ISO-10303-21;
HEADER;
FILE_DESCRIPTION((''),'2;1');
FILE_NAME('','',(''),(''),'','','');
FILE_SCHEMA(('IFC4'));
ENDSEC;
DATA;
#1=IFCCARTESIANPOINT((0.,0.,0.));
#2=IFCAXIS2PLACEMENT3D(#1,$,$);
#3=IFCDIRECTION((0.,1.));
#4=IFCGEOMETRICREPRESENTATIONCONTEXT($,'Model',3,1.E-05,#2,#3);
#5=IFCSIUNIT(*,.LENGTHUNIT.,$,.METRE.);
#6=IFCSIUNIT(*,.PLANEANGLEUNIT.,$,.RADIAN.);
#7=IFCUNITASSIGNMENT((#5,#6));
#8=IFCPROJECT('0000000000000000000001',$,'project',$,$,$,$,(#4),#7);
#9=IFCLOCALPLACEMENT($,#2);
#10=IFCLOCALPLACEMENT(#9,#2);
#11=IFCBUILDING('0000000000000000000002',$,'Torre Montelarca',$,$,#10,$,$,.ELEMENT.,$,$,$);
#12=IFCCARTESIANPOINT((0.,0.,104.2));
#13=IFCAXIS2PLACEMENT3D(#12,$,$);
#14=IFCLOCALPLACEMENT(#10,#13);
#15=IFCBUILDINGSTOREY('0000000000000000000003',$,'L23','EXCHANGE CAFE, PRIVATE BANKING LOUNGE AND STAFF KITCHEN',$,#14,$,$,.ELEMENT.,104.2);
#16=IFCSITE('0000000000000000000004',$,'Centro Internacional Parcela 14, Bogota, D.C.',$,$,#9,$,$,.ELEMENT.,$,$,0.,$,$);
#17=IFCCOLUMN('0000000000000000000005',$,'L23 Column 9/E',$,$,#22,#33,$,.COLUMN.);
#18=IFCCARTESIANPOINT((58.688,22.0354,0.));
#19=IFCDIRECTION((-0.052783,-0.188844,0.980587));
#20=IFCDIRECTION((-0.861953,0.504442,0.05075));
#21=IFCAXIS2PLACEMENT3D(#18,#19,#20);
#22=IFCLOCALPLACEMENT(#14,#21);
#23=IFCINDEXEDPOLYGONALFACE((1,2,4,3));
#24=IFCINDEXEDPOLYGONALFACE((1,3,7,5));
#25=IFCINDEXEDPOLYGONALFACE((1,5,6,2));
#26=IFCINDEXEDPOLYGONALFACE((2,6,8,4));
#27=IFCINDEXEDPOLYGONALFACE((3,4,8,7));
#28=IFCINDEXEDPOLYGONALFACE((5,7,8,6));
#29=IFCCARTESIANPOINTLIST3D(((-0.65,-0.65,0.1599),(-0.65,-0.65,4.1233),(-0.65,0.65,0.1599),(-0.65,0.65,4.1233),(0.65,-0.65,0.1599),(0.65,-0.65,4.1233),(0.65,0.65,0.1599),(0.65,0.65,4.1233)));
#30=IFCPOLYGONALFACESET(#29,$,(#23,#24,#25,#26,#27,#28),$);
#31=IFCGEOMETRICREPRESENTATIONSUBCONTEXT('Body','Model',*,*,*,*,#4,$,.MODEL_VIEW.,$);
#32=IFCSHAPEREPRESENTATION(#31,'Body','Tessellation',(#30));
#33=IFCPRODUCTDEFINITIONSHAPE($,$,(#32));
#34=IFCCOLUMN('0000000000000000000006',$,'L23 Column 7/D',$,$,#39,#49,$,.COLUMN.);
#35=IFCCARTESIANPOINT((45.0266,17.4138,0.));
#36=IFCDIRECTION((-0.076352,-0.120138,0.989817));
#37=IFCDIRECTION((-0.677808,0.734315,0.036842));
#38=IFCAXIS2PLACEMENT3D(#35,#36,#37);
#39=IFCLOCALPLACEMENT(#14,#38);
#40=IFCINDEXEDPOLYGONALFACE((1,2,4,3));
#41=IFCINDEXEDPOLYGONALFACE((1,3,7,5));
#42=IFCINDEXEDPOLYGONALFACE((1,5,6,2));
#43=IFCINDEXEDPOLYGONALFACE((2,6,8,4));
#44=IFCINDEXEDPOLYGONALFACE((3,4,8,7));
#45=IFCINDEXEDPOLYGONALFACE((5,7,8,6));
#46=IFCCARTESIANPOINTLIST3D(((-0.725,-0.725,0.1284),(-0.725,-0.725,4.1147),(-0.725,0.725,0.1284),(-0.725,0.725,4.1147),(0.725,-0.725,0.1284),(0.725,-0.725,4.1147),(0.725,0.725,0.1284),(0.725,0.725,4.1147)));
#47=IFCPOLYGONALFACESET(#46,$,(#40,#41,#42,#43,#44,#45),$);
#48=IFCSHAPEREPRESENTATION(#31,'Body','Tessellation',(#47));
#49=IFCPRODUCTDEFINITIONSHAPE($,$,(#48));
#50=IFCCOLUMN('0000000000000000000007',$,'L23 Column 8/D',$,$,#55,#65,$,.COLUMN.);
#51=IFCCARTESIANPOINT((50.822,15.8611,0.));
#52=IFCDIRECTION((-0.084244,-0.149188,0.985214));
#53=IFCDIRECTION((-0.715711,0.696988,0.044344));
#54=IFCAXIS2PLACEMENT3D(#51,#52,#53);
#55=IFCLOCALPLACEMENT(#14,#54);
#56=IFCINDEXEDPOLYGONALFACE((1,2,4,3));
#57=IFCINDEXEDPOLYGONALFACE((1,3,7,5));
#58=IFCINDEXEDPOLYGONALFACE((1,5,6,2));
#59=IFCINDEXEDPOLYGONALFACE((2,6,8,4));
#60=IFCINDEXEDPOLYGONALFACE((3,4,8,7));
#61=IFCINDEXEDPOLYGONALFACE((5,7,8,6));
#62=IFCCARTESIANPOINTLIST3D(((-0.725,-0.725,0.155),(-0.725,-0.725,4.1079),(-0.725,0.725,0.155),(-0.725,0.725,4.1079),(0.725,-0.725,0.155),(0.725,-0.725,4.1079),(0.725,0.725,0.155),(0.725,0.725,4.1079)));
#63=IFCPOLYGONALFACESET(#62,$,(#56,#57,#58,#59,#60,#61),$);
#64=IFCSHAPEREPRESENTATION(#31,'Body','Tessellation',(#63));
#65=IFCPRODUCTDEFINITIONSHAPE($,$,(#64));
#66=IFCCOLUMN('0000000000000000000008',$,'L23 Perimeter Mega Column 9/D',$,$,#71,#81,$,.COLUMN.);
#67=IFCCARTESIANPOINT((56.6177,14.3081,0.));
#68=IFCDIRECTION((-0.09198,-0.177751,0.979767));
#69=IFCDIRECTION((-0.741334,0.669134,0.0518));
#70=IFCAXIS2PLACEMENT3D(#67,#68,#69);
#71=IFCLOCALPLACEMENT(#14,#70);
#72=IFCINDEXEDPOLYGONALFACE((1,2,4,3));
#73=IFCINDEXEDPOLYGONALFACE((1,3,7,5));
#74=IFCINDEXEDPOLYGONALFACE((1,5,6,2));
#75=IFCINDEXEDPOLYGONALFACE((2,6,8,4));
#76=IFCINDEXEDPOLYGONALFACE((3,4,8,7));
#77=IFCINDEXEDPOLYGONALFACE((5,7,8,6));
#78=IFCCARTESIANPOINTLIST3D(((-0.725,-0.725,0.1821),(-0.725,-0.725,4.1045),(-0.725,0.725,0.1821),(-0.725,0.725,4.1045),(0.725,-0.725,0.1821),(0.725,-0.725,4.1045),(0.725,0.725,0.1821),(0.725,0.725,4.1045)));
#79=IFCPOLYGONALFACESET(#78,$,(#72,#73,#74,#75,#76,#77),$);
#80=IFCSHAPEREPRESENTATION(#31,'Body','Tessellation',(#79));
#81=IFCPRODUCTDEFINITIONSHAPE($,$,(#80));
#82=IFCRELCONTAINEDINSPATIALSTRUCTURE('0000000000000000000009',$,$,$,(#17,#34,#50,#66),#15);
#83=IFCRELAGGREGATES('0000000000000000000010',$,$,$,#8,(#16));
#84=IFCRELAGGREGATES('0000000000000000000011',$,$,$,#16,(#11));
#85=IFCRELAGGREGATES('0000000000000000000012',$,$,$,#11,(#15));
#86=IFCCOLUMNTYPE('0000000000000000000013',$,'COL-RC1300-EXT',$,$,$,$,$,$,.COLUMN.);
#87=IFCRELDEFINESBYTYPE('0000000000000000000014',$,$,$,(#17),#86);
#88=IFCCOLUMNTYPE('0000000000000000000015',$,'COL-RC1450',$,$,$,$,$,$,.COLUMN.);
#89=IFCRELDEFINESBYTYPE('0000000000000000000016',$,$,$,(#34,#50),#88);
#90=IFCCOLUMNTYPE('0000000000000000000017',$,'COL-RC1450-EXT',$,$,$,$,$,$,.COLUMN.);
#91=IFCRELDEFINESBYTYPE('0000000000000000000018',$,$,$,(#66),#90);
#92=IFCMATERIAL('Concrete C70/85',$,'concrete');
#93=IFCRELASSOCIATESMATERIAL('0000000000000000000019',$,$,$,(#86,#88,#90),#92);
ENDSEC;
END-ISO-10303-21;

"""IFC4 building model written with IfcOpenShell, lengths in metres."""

from ifc_helpers import new_model, si_unit, direction, frame, origin, origin_2d, place, context, subcontext, project, spatial, rectangle, extrude, clip, halfspace, material, material_profile, profile_set, type_object, element, save


model = new_model("IFC4")

# Units and contexts
model_context = context("Model", 3, precision=1e-05, world=origin(), true_north=direction((0.0, 1.0)))
body_context = subcontext(model_context, "Body", "Model", "MODEL_VIEW")
ifc_project = project(units=[si_unit("LENGTHUNIT", "METRE"), si_unit("PLANEANGLEUNIT", "RADIAN")], contexts=[model_context])

# Site, building, storey
site_placement = place(None, origin())
site = spatial("IfcSite", under=ifc_project, at=site_placement, Name="Centro Internacional Parcela 14, Bogota, D.C.", CompositionType="ELEMENT", RefElevation=0.0)
building_placement = place(site_placement, origin())
building = spatial("IfcBuilding", under=site, at=building_placement, Name="Torre Montelarca", CompositionType="ELEMENT")
storey_placement = place(building_placement, frame((0.0, 0.0, 104.2)))
storey = spatial("IfcBuildingStorey", under=building, at=storey_placement, Name="L23", Description="EXCHANGE CAFE, PRIVATE BANKING LOUNGE AND STAFF KITCHEN", CompositionType="ELEMENT", Elevation=104.2)

# Columns
ifc_material_1 = material(Name="Concrete C70/85", Category="concrete")
ifc_material_profile_1 = material_profile(ifc_material_1, rectangle(XDim=1.3, YDim=1.3, at=origin_2d()), Name="RC1300X1300", Category="concrete")
ifc_profile_set_1 = profile_set([ifc_material_profile_1], Name="Concrete C70/85")
column_type_1 = type_object("IfcColumnType", Name="COL-RC1300-EXT", PredefinedType="COLUMN", material=ifc_profile_set_1)
column_1_placement = place(storey_placement, frame((58.688, 22.0354, 0.0), z_axis=(-0.052783, -0.188844, 0.980587), x_axis=(-0.861953, 0.504442, 0.05075)))
element("IfcColumn", 1, at=column_1_placement, inside=storey, type_object=column_type_1, Name="L23 Column 9/E", PredefinedType="COLUMN", context=body_context, shape_type="Clipping", body=[
    clip(clip(extrude(rectangle(XDim=1.3, YDim=1.3, at=origin_2d()), origin(), (0.0, 0.0, 1.0), 4.2832), halfspace(frame((0.0, 0.0, 0.1599), z_axis=(0.0, 0.0, -1.0), x_axis=(1.0, 0.0, 0.0)), False)), halfspace(frame((0.0, 0.0, 4.1233), z_axis=(0.0, 0.0, 1.0), x_axis=(1.0, 0.0, 0.0)), False)),
])
ifc_material_profile_2 = material_profile(ifc_material_1, rectangle(XDim=1.45, YDim=1.45, at=origin_2d()), Name="RC1450X1450", Category="concrete")
ifc_profile_set_2 = profile_set([ifc_material_profile_2], Name="Concrete C70/85")
column_type_2 = type_object("IfcColumnType", Name="COL-RC1450", PredefinedType="COLUMN", material=ifc_profile_set_2)
column_2_placement = place(storey_placement, frame((45.0266, 17.4138, 0.0), z_axis=(-0.076352, -0.120138, 0.989817), x_axis=(-0.677808, 0.734315, 0.036842)))
element("IfcColumn", 2, at=column_2_placement, inside=storey, type_object=column_type_2, Name="L23 Column 7/D", PredefinedType="COLUMN", context=body_context, shape_type="Clipping", body=[
    clip(clip(extrude(rectangle(XDim=1.45, YDim=1.45, at=origin_2d()), origin(), (0.0, 0.0, 1.0), 4.2432), halfspace(frame((0.0, 0.0, 0.1284), z_axis=(0.0, 0.0, -1.0), x_axis=(1.0, 0.0, 0.0)), False)), halfspace(frame((0.0, 0.0, 4.1147), z_axis=(0.0, 0.0, 1.0), x_axis=(1.0, 0.0, 0.0)), False)),
])
column_3_placement = place(storey_placement, frame((50.822, 15.8611, 0.0), z_axis=(-0.084244, -0.149188, 0.985214), x_axis=(-0.715711, 0.696988, 0.044344)))
element("IfcColumn", 3, at=column_3_placement, inside=storey, type_object=column_type_2, Name="L23 Column 8/D", PredefinedType="COLUMN", context=body_context, shape_type="Clipping", body=[
    clip(clip(extrude(rectangle(XDim=1.45, YDim=1.45, at=origin_2d()), origin(), (0.0, 0.0, 1.0), 4.2629), halfspace(frame((0.0, 0.0, 0.155), z_axis=(0.0, 0.0, -1.0), x_axis=(1.0, 0.0, 0.0)), False)), halfspace(frame((0.0, 0.0, 4.1079), z_axis=(0.0, 0.0, 1.0), x_axis=(1.0, 0.0, 0.0)), False)),
])
ifc_material_profile_3 = material_profile(ifc_material_1, rectangle(XDim=1.45, YDim=1.45, at=origin_2d()), Name="RC1450X1450", Category="concrete")
ifc_profile_set_3 = profile_set([ifc_material_profile_3], Name="Concrete C70/85")
column_type_3 = type_object("IfcColumnType", Name="COL-RC1450-EXT", PredefinedType="COLUMN", material=ifc_profile_set_3)
column_4_placement = place(storey_placement, frame((56.6177, 14.3081, 0.0), z_axis=(-0.09198, -0.177751, 0.979767), x_axis=(-0.741334, 0.669134, 0.0518)))
element("IfcColumn", 4, at=column_4_placement, inside=storey, type_object=column_type_3, Name="L23 Perimeter Mega Column 9/D", PredefinedType="COLUMN", context=body_context, shape_type="Clipping", body=[
    clip(clip(extrude(rectangle(XDim=1.45, YDim=1.45, at=origin_2d()), origin(), (0.0, 0.0, 1.0), 4.2866), halfspace(frame((0.0, 0.0, 0.1821), z_axis=(0.0, 0.0, -1.0), x_axis=(1.0, 0.0, 0.0)), False)), halfspace(frame((0.0, 0.0, 4.1045), z_axis=(0.0, 0.0, 1.0), x_axis=(1.0, 0.0, 0.0)), False)),
])

save(model, "model.ifc")
